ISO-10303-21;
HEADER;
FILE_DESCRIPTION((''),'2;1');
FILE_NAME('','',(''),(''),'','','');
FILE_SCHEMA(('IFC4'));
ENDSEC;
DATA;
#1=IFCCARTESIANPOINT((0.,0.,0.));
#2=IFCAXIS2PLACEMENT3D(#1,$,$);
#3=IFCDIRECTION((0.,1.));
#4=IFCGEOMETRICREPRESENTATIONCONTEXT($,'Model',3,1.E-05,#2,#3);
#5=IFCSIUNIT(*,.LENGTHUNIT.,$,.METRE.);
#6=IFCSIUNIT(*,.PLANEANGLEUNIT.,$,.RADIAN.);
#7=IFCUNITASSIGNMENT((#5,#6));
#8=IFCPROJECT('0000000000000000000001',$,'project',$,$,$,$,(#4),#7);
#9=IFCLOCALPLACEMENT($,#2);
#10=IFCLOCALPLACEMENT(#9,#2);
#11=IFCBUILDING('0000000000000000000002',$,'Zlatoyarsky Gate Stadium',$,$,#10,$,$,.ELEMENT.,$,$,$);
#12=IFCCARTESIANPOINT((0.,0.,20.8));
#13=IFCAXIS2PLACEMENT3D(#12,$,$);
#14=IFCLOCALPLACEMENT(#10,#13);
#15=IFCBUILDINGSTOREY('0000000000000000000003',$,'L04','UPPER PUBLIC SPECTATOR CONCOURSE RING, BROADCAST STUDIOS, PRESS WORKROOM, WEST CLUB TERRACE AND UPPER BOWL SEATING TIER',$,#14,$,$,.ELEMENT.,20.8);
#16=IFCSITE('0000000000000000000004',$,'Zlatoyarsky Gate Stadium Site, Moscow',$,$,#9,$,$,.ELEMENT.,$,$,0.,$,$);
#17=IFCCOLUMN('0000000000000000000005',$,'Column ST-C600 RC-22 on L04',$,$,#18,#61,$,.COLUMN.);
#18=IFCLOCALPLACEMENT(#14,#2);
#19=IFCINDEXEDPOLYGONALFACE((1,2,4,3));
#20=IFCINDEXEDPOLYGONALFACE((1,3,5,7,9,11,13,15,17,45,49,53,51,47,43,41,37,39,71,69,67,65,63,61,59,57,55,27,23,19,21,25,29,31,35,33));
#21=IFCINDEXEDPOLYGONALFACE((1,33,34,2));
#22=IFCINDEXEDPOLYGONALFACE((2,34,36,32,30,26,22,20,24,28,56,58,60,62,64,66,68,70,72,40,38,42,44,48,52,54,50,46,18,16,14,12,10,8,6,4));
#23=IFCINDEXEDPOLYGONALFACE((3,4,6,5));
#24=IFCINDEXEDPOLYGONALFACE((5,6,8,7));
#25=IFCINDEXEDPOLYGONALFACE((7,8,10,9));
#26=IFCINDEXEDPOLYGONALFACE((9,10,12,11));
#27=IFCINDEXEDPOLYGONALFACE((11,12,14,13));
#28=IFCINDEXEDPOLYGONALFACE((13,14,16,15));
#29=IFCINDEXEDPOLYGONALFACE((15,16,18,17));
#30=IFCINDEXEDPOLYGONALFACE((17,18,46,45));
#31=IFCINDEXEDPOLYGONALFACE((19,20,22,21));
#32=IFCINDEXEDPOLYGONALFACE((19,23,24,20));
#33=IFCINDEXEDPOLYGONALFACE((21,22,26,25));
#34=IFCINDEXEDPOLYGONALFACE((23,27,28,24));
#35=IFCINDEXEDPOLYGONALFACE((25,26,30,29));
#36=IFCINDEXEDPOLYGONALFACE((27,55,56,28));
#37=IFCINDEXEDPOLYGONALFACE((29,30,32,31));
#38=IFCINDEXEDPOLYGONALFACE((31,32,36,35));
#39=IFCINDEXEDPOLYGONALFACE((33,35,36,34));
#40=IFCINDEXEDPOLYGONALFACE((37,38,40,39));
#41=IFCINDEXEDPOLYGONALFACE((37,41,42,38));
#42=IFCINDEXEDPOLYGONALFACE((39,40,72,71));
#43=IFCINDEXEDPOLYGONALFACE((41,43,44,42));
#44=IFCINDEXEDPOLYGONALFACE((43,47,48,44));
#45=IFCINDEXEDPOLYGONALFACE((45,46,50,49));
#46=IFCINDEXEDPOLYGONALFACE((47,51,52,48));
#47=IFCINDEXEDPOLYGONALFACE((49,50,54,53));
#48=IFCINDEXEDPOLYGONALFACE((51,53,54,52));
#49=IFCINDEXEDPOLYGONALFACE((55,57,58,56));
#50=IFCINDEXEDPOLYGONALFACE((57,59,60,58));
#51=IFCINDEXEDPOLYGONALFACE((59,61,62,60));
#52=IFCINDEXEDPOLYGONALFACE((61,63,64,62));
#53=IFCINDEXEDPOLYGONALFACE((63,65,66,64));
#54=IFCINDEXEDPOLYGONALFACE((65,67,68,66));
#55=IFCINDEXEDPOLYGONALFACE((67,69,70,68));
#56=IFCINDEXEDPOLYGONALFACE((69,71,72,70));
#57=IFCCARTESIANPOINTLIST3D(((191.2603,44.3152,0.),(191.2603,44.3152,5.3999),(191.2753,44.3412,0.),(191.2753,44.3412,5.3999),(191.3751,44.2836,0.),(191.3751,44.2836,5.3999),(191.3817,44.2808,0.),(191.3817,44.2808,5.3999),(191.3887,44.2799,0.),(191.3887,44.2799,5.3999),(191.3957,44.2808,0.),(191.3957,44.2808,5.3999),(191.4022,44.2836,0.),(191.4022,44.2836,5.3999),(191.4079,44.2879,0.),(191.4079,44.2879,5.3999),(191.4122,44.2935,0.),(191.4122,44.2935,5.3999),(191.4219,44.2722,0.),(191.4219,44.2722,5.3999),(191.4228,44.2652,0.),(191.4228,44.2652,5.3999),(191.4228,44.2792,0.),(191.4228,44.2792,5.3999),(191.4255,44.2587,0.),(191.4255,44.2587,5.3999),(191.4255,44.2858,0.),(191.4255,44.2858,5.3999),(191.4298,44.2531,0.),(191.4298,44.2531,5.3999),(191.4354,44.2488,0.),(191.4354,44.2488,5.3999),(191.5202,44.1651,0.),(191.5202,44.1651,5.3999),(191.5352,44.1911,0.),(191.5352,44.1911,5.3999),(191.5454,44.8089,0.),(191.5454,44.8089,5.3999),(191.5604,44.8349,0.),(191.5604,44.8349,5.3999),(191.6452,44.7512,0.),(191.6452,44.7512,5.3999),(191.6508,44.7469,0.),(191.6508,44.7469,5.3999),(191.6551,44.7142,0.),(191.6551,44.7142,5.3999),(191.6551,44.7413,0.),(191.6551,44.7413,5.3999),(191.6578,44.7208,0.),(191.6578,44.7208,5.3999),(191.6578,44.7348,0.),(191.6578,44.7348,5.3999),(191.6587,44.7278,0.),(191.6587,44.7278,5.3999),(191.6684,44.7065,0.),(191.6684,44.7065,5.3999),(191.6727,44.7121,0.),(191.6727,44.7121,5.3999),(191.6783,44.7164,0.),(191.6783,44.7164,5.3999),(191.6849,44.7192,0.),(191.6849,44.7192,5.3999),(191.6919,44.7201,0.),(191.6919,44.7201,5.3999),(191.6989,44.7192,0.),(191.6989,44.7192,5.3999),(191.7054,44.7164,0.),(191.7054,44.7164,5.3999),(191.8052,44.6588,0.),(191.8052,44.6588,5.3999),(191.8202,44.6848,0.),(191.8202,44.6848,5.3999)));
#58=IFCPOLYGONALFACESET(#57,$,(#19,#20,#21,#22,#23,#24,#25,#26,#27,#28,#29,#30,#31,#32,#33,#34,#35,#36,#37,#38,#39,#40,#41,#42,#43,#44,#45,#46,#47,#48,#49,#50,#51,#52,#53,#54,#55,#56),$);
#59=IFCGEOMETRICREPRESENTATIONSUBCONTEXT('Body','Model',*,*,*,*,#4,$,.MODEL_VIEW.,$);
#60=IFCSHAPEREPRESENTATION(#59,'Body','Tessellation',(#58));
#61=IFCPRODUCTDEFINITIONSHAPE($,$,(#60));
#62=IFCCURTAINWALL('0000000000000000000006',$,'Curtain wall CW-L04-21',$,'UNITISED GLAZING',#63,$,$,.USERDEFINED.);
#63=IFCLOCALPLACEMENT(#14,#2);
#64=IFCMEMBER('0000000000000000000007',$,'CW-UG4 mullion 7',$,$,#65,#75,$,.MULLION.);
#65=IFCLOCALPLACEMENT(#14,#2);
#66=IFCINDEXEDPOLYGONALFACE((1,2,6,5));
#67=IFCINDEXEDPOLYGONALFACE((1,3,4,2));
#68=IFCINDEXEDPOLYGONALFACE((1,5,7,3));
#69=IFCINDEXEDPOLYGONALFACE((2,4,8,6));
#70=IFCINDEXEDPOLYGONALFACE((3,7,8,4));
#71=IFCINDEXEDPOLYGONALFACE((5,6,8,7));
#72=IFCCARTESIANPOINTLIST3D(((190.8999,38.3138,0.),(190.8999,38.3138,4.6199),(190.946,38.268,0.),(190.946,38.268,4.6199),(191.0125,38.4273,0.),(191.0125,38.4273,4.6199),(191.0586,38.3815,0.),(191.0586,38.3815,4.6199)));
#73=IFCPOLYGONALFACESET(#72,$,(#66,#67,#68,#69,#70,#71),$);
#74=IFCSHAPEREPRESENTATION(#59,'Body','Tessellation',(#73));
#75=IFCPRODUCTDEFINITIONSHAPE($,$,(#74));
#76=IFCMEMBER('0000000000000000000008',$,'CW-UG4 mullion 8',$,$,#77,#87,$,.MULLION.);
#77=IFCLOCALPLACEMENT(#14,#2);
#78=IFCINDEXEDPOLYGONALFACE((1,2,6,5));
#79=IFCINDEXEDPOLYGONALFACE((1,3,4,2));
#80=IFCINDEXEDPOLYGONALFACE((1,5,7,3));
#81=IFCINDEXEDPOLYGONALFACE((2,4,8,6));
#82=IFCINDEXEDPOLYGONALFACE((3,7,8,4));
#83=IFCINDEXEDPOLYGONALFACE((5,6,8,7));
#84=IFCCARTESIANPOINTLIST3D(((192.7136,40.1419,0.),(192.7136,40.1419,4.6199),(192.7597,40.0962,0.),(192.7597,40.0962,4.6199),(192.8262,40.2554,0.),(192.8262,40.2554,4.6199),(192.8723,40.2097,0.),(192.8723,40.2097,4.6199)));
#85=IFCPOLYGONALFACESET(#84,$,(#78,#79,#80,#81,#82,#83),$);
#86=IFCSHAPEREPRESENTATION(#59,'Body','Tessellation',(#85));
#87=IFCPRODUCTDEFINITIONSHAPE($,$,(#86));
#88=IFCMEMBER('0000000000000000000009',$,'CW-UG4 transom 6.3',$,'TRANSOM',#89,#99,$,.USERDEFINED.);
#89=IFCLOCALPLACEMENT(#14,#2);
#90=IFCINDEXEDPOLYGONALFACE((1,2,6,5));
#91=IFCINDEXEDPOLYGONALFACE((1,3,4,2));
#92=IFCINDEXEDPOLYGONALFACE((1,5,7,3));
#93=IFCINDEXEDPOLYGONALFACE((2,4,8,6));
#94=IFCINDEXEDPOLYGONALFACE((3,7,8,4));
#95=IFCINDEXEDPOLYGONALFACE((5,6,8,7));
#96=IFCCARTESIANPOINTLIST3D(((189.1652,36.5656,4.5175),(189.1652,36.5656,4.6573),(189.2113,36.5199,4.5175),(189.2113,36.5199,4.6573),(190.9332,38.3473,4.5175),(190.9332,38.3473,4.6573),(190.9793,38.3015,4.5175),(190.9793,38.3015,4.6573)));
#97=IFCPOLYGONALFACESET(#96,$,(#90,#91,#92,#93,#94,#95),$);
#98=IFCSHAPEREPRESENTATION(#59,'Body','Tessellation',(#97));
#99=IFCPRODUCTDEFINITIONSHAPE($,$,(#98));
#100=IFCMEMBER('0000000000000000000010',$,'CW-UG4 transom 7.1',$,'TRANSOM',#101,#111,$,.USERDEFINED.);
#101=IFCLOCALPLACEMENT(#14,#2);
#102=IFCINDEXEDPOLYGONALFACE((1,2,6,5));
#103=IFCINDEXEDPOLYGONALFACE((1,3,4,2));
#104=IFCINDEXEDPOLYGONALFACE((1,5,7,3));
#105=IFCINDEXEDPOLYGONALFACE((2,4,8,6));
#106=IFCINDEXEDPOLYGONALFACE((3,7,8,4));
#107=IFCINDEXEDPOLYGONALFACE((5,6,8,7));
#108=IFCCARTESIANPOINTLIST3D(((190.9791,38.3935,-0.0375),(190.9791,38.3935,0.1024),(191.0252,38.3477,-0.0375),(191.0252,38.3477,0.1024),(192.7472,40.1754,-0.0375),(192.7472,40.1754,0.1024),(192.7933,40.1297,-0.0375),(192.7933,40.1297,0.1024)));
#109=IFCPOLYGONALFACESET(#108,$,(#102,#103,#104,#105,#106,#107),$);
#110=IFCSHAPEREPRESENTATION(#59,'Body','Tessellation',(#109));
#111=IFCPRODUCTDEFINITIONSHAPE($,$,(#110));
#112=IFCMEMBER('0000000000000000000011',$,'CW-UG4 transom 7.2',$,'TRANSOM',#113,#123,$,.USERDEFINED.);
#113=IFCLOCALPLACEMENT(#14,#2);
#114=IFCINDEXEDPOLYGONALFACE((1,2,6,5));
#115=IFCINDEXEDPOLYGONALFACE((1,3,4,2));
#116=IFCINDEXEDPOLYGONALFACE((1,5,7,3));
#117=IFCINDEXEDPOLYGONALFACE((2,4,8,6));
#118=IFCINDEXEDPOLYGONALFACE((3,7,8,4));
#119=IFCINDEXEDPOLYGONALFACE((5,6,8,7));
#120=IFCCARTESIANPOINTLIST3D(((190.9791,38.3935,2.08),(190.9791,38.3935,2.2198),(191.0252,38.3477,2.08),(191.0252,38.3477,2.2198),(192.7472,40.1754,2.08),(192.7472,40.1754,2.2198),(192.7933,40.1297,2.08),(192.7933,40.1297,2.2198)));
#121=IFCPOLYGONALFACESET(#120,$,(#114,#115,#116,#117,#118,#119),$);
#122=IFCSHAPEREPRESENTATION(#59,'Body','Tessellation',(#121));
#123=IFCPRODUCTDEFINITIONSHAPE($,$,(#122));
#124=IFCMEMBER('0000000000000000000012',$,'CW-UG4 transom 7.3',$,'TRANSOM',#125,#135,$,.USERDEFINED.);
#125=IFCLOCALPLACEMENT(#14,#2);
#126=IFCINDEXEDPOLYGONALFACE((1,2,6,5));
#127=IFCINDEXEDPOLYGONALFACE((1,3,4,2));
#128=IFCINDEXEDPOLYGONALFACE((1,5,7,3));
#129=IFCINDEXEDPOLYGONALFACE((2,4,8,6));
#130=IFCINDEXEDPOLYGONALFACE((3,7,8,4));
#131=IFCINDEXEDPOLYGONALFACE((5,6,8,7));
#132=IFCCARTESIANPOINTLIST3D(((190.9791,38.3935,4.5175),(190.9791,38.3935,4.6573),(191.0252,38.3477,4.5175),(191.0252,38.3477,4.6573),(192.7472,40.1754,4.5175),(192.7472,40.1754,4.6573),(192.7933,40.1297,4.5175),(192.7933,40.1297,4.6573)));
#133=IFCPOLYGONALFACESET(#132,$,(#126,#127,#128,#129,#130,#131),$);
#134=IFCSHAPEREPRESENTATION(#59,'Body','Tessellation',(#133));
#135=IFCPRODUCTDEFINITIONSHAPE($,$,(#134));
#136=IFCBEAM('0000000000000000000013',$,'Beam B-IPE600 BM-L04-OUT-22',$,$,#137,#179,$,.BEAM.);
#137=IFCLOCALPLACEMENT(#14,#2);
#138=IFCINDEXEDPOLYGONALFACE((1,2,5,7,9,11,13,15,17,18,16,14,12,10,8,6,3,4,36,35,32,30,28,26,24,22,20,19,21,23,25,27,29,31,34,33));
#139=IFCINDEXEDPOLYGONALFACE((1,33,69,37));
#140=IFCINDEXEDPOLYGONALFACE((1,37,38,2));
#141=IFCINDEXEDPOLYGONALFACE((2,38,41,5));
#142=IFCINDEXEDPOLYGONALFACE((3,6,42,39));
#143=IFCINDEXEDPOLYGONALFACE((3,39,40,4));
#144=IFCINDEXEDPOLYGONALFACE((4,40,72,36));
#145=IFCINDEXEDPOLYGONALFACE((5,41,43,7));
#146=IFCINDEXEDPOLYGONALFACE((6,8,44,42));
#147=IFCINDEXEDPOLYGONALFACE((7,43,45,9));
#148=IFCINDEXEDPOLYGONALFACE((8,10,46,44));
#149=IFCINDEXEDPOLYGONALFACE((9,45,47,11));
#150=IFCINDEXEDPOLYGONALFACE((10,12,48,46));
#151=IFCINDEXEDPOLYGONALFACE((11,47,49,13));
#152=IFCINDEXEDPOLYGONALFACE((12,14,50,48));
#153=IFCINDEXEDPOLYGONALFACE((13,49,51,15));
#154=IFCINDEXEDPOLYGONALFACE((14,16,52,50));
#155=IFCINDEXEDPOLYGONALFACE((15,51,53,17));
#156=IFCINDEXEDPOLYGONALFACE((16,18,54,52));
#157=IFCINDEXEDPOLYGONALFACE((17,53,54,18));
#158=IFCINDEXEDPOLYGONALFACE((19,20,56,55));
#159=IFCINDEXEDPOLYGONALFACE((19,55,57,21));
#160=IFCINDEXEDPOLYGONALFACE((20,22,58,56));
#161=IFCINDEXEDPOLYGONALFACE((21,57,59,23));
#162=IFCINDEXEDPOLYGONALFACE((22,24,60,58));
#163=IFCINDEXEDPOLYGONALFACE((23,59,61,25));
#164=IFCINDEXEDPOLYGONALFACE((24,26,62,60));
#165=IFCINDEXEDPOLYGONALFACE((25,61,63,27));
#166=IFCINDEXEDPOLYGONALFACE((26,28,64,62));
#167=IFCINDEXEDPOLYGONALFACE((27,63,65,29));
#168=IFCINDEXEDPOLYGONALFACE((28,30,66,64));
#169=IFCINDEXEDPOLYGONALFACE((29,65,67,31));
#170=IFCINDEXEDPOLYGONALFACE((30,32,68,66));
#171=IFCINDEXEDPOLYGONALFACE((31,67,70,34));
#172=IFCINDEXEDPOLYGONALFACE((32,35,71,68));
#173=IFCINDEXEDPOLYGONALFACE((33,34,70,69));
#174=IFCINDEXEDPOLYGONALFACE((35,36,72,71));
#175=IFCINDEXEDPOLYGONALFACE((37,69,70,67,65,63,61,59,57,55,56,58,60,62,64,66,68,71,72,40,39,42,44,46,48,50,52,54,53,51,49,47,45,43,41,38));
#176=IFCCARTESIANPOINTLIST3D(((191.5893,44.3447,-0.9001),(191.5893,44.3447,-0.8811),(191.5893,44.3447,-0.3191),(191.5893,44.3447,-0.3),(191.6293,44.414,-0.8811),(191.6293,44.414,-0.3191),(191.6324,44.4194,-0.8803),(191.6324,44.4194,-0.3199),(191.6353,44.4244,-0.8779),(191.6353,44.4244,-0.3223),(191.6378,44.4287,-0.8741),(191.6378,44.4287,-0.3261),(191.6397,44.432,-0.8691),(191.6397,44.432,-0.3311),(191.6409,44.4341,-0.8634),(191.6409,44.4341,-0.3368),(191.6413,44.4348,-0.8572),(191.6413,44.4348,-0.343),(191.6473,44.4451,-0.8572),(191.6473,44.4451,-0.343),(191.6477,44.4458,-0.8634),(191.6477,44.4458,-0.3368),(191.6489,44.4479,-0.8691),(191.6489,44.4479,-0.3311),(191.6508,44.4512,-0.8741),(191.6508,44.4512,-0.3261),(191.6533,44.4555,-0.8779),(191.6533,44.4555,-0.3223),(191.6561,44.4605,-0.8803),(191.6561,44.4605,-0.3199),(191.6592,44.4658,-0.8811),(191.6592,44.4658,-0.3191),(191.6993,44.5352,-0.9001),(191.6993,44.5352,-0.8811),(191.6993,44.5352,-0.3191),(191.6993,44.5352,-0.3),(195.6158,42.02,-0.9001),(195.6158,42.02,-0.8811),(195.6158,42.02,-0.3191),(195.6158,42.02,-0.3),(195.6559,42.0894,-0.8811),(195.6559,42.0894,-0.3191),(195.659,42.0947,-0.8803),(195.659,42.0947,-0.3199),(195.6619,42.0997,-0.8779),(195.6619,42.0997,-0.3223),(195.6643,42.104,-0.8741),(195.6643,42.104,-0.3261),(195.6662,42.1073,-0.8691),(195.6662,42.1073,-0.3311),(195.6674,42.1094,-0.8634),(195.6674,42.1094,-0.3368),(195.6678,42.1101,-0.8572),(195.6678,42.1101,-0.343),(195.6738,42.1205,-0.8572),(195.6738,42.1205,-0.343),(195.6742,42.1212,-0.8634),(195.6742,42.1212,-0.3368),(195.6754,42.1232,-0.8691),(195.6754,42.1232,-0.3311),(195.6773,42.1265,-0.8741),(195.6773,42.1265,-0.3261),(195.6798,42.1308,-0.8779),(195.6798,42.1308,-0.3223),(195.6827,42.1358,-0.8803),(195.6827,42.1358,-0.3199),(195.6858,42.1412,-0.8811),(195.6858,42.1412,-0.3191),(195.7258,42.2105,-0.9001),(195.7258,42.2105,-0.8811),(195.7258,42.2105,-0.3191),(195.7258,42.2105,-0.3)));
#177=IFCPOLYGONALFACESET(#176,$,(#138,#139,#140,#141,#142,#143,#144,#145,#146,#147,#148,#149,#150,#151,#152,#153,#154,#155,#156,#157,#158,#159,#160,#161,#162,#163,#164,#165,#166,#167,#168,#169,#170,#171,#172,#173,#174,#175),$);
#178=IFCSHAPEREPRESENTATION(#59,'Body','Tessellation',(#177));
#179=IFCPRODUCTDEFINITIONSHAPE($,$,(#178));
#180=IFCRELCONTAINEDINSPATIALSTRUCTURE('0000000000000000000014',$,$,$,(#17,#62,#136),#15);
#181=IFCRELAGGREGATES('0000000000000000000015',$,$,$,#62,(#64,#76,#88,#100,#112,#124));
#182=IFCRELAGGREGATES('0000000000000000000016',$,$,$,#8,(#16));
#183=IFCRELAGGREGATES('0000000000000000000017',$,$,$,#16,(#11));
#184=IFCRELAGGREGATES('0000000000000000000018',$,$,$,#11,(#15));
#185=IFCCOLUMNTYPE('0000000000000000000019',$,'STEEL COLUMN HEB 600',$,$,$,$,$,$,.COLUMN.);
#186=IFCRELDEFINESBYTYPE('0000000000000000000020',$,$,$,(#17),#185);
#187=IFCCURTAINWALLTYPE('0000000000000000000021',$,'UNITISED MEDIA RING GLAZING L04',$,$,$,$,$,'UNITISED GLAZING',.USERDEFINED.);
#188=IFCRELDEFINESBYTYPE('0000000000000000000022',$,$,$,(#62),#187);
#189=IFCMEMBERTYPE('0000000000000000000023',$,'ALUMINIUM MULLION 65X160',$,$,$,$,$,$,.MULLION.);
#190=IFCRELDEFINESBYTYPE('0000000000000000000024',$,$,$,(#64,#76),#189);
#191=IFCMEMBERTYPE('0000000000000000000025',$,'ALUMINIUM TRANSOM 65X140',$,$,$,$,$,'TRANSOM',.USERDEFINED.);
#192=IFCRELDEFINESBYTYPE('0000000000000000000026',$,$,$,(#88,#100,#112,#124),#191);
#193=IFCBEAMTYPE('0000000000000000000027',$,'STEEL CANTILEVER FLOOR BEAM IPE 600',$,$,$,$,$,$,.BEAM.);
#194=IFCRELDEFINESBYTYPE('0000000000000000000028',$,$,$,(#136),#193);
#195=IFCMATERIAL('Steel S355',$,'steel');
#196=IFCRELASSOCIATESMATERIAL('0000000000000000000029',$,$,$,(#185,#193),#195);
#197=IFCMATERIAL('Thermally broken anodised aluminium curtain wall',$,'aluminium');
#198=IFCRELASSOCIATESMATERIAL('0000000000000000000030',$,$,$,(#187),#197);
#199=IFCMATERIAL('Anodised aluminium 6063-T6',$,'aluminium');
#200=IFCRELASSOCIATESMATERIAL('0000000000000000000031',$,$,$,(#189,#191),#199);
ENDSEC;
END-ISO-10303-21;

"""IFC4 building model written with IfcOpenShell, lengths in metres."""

from ifc_helpers import new_model, si_unit, direction, frame, origin, origin_2d, place, context, subcontext, project, spatial, rectangle, i_section, extrude, material, material_profile, profile_set, type_object, element, aggregate, save


model = new_model("IFC4")

# Units and contexts
model_context = context("Model", 3, precision=1e-05, world=origin(), true_north=direction((0.0, 1.0)))
body_context = subcontext(model_context, "Body", "Model", "MODEL_VIEW")
ifc_project = project(units=[si_unit("LENGTHUNIT", "METRE"), si_unit("PLANEANGLEUNIT", "RADIAN")], contexts=[model_context])

# Site, building, storey
site_placement = place(None, origin())
site = spatial("IfcSite", under=ifc_project, at=site_placement, Name="Zlatoyarsky Gate Stadium Site, Moscow", CompositionType="ELEMENT", RefElevation=0.0)
building_placement = place(site_placement, origin())
building = spatial("IfcBuilding", under=site, at=building_placement, Name="Zlatoyarsky Gate Stadium", CompositionType="ELEMENT")
storey_placement = place(building_placement, frame((0.0, 0.0, 20.8)))
storey = spatial("IfcBuildingStorey", under=building, at=storey_placement, Name="L04", Description="UPPER PUBLIC SPECTATOR CONCOURSE RING, BROADCAST STUDIOS, PRESS WORKROOM, WEST CLUB TERRACE AND UPPER BOWL SEATING TIER", CompositionType="ELEMENT", Elevation=20.8)

# Column
ifc_material_1 = material(Name="Steel S355", Category="steel")
ifc_material_profile_1 = material_profile(ifc_material_1, i_section(OverallWidth=0.3, OverallDepth=0.6001, WebThickness=0.0154, FlangeThickness=0.03, FilletRadius=0.0271, at=origin_2d()), Name="HEB 600")
ifc_profile_set_1 = profile_set([ifc_material_profile_1], Name="Steel S355")
column_type = type_object("IfcColumnType", Name="STEEL COLUMN HEB 600", PredefinedType="COLUMN", material=ifc_profile_set_1)
column_placement = place(storey_placement, frame((191.5403, 44.5, 0.0), z_axis=(0.0, 0.0, 1.0), x_axis=(0.866025, -0.5, 0.0)))
element("IfcColumn", 1, at=column_placement, inside=storey, type_object=column_type, Name="Column ST-C600 RC-22 on L04", PredefinedType="COLUMN", context=body_context, shape_type="SweptSolid", body=[
    extrude(i_section(OverallWidth=0.3, OverallDepth=0.6001, WebThickness=0.0154, FlangeThickness=0.03, FilletRadius=0.0271, at=origin_2d()), origin(), (0.0, 0.0, 1.0), 5.3999),
])

# Curtain wall, members
ifc_material_2 = material(Name="Thermally broken anodised aluminium curtain wall", Category="aluminium")
curtain_wall_type = type_object("IfcCurtainWallType", Name="UNITISED MEDIA RING GLAZING L04", ElementType="UNITISED GLAZING", PredefinedType="USERDEFINED", material=ifc_material_2)
curtain_wall_placement = place(storey_placement, origin())
curtain_wall = element("IfcCurtainWall", 2, at=curtain_wall_placement, inside=storey, type_object=curtain_wall_type, Name="Curtain wall CW-L04-21", ObjectType="UNITISED GLAZING", PredefinedType="USERDEFINED")
ifc_material_3 = material(Name="Anodised aluminium 6063-T6", Category="aluminium")
ifc_material_profile_2 = material_profile(ifc_material_3, rectangle(XDim=0.0649, YDim=0.1599, at=origin_2d()), Name="ALU 65X160")
ifc_profile_set_2 = profile_set([ifc_material_profile_2], Name="Anodised aluminium 6063-T6")
member_type_1 = type_object("IfcMemberType", Name="ALUMINIUM MULLION 65X160", PredefinedType="MULLION", material=ifc_profile_set_2)
member_1_placement = place(storey_placement, frame((190.9792, 38.3477, 0.0), z_axis=(0.0, 0.0, 1.0), x_axis=(-0.709871, 0.704332, 0.0)))
member_1 = element("IfcMember", 3, at=member_1_placement, type_object=member_type_1, Name="CW-UG4 mullion 7", PredefinedType="MULLION", context=body_context, shape_type="SweptSolid", body=[
    extrude(rectangle(XDim=0.0649, YDim=0.1599, at=origin_2d()), origin(), (0.0, 0.0, 1.0), 4.6199),
])
member_2_placement = place(storey_placement, frame((192.793, 40.1758, 0.0), z_axis=(0.0, 0.0, 1.0), x_axis=(-0.709871, 0.704332, 0.0)))
member_2 = element("IfcMember", 4, at=member_2_placement, type_object=member_type_1, Name="CW-UG4 mullion 8", PredefinedType="MULLION", context=body_context, shape_type="SweptSolid", body=[
    extrude(rectangle(XDim=0.0649, YDim=0.1599, at=origin_2d()), origin(), (0.0, 0.0, 1.0), 4.6199),
])
ifc_material_profile_3 = material_profile(ifc_material_3, rectangle(XDim=0.0649, YDim=0.1399, at=origin_2d()), Name="ALU 65X140")
ifc_profile_set_3 = profile_set([ifc_material_profile_3], Name="Anodised aluminium 6063-T6")
member_type_2 = type_object("IfcMemberType", Name="ALUMINIUM TRANSOM 65X140", ElementType="TRANSOM", PredefinedType="USERDEFINED", material=ifc_profile_set_3)
member_3_placement = place(storey_placement, frame((189.1882, 36.5427, 4.5874), z_axis=(0.704378, 0.709825, 0.0), x_axis=(-0.709825, 0.704378, 0.0)))
member_3 = element("IfcMember", 5, at=member_3_placement, type_object=member_type_2, Name="CW-UG4 transom 6.3", ObjectType="TRANSOM", PredefinedType="USERDEFINED", context=body_context, shape_type="SweptSolid", body=[
    extrude(rectangle(XDim=0.0649, YDim=0.1399, at=origin_2d()), origin(), (0.0, 0.0, 1.0), 2.51),
])
member_4_placement = place(storey_placement, frame((191.0022, 38.3706, 0.0325), z_axis=(0.70433, 0.709873, 0.0), x_axis=(-0.709873, 0.70433, 0.0)))
member_4 = element("IfcMember", 6, at=member_4_placement, type_object=member_type_2, Name="CW-UG4 transom 7.1", ObjectType="TRANSOM", PredefinedType="USERDEFINED", context=body_context, shape_type="SweptSolid", body=[
    extrude(rectangle(XDim=0.0649, YDim=0.1399, at=origin_2d()), origin(), (0.0, 0.0, 1.0), 2.5103),
])
member_5_placement = place(storey_placement, frame((191.0022, 38.3706, 2.1499), z_axis=(0.70433, 0.709873, 0.0), x_axis=(-0.709873, 0.70433, 0.0)))
member_5 = element("IfcMember", 7, at=member_5_placement, type_object=member_type_2, Name="CW-UG4 transom 7.2", ObjectType="TRANSOM", PredefinedType="USERDEFINED", context=body_context, shape_type="SweptSolid", body=[
    extrude(rectangle(XDim=0.0649, YDim=0.1399, at=origin_2d()), origin(), (0.0, 0.0, 1.0), 2.5103),
])
member_6_placement = place(storey_placement, frame((191.0022, 38.3706, 4.5874), z_axis=(0.70433, 0.709873, 0.0), x_axis=(-0.709873, 0.70433, 0.0)))
member_6 = element("IfcMember", 8, at=member_6_placement, type_object=member_type_2, Name="CW-UG4 transom 7.3", ObjectType="TRANSOM", PredefinedType="USERDEFINED", context=body_context, shape_type="SweptSolid", body=[
    extrude(rectangle(XDim=0.0649, YDim=0.1399, at=origin_2d()), origin(), (0.0, 0.0, 1.0), 2.5103),
])

# Beam
ifc_material_profile_4 = material_profile(ifc_material_1, i_section(OverallWidth=0.22, OverallDepth=0.6001, WebThickness=0.012, FlangeThickness=0.019, FilletRadius=0.0239, at=origin_2d()), Name="IPE 600")
ifc_profile_set_4 = profile_set([ifc_material_profile_4], Name="Steel S355")
beam_type_1 = type_object("IfcBeamType", Name="STEEL CANTILEVER FLOOR BEAM IPE 600", PredefinedType="BEAM", material=ifc_profile_set_4)
beam_1_placement = place(storey_placement, frame((191.6443, 44.4399, -0.6001), z_axis=(0.866031, -0.499991, 0.0), x_axis=(0.499991, 0.866031, 0.0)))
element("IfcBeam", 9, at=beam_1_placement, inside=storey, type_object=beam_type_1, Name="Beam B-IPE600 BM-L04-OUT-22", PredefinedType="BEAM", context=body_context, shape_type="SweptSolid", body=[
    extrude(i_section(OverallWidth=0.22, OverallDepth=0.6001, WebThickness=0.012, FlangeThickness=0.019, FilletRadius=0.0239, at=origin_2d()), origin(), (0.0, 0.0, 1.0), 4.6494),
])

aggregate(curtain_wall, [member_1, member_2, member_3, member_4, member_5, member_6])

save(model, "model.ifc")
